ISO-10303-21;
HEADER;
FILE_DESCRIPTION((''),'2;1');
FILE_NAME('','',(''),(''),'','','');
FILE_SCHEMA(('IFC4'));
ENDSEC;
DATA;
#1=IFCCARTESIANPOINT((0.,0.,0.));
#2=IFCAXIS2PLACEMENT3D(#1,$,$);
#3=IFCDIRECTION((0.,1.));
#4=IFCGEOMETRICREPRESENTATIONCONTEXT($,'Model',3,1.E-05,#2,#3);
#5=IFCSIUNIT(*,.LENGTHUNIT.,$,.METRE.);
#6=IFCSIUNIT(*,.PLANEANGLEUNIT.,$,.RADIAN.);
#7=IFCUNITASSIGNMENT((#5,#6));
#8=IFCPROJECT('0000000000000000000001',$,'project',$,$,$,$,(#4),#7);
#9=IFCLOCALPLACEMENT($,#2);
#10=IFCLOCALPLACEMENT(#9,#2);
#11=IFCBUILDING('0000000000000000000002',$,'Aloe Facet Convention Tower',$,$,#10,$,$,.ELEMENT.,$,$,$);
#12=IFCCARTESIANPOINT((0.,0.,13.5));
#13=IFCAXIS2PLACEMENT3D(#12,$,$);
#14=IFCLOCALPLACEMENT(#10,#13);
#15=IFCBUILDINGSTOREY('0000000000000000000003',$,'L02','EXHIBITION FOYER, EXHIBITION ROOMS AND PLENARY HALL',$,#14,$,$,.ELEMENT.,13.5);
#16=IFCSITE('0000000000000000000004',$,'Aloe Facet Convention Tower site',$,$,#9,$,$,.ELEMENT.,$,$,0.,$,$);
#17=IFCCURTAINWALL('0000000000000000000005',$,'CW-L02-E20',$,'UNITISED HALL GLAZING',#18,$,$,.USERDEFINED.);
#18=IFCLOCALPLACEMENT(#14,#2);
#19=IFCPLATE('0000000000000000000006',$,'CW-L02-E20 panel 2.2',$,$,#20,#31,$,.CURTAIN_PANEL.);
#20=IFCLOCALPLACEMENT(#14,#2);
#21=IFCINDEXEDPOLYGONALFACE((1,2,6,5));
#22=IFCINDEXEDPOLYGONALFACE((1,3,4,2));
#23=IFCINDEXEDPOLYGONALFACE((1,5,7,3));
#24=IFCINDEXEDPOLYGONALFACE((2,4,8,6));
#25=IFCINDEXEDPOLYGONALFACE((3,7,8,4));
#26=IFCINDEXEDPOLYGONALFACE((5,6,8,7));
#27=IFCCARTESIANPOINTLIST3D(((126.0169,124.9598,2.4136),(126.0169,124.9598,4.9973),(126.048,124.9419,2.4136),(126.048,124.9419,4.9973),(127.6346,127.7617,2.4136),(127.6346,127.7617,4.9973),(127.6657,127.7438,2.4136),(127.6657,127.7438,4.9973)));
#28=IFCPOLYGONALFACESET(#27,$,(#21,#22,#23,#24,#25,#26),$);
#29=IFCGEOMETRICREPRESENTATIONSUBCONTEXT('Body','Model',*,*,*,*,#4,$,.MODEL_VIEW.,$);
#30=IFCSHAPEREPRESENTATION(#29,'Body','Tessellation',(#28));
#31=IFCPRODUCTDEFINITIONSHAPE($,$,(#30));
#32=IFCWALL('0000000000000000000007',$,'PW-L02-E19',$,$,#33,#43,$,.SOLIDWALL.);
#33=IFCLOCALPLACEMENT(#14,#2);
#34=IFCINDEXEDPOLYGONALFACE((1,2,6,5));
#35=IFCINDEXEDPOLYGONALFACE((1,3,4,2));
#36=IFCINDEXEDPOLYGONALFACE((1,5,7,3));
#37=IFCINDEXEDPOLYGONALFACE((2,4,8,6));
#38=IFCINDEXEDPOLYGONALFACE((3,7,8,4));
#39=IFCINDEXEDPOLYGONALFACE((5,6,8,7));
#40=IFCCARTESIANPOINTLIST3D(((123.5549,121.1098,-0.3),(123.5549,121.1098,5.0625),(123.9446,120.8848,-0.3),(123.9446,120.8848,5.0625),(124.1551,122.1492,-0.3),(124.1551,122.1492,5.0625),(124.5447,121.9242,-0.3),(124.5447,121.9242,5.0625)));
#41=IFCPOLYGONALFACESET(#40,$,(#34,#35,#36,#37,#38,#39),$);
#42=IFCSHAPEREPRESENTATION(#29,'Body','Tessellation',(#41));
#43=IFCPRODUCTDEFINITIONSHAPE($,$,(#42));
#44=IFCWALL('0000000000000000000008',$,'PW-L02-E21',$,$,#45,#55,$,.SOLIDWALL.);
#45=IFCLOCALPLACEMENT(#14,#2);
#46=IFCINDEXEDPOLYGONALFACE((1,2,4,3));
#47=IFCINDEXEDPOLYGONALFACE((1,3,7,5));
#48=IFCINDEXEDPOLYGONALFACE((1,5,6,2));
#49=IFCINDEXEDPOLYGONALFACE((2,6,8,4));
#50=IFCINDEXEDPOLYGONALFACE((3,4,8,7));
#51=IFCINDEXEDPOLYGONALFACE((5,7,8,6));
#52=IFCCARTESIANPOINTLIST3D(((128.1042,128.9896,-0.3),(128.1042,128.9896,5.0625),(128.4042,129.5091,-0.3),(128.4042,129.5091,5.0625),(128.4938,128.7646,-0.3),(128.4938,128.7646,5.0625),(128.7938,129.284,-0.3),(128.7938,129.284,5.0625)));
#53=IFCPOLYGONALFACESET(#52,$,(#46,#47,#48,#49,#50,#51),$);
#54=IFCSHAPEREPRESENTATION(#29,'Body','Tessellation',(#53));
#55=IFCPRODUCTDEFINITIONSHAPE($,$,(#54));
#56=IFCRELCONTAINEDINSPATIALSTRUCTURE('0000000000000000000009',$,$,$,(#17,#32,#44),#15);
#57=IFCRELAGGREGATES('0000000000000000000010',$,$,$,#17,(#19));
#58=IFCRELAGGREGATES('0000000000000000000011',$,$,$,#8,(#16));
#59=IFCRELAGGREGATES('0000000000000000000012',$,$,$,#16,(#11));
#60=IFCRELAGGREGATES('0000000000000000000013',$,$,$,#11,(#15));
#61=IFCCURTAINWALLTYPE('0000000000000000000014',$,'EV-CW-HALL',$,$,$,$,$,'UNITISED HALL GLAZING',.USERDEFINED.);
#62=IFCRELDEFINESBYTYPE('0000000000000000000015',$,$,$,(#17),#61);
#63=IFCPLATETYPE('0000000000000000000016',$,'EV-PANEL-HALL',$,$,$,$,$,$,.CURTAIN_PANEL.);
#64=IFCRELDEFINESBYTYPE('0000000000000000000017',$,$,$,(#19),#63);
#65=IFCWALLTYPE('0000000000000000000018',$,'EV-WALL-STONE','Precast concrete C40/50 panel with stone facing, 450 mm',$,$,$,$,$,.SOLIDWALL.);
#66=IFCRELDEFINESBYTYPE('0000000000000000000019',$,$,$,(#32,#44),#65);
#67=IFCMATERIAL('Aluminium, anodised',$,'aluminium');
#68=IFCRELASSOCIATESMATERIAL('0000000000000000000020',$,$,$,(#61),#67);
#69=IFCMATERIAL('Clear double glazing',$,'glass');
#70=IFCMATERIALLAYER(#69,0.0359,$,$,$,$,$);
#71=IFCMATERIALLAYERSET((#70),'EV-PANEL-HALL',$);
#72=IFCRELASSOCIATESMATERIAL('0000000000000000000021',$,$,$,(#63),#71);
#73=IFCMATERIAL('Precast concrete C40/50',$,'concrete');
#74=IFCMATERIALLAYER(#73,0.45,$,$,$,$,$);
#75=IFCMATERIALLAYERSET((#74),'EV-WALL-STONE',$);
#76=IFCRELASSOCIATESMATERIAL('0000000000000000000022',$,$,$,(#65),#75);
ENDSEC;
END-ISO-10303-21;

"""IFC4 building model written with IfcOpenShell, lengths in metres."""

from ifc_helpers import new_model, si_unit, direction, frame, frame_2d, origin, origin_2d, place, context, subcontext, project, spatial, rectangle, extrude, material, layer, layer_set, type_object, element, aggregate, save


model = new_model("IFC4")

# Units and contexts
model_context = context("Model", 3, precision=1e-05, world=origin(), true_north=direction((0.0, 1.0)))
body_context = subcontext(model_context, "Body", "Model", "MODEL_VIEW")
ifc_project = project(units=[si_unit("LENGTHUNIT", "METRE"), si_unit("PLANEANGLEUNIT", "RADIAN")], contexts=[model_context])

# Site, building, storey
site_placement = place(None, origin())
site = spatial("IfcSite", under=ifc_project, at=site_placement, Name="Aloe Facet Convention Tower site", CompositionType="ELEMENT", RefElevation=0.0)
building_placement = place(site_placement, origin())
building = spatial("IfcBuilding", under=site, at=building_placement, Name="Aloe Facet Convention Tower", CompositionType="ELEMENT")
storey_placement = place(building_placement, frame((0.0, 0.0, 13.5)))
storey = spatial("IfcBuildingStorey", under=building, at=storey_placement, Name="L02", Description="EXHIBITION FOYER, EXHIBITION ROOMS AND PLENARY HALL", CompositionType="ELEMENT", Elevation=13.5)

# Curtain wall
ifc_material_1 = material(Name="Aluminium, anodised", Category="aluminium")
curtain_wall_type = type_object("IfcCurtainWallType", Name="EV-CW-HALL", ElementType="UNITISED HALL GLAZING", PredefinedType="USERDEFINED", material=ifc_material_1)
curtain_wall_1_placement = place(storey_placement, origin())
curtain_wall_1 = element("IfcCurtainWall", 1, at=curtain_wall_1_placement, inside=storey, type_object=curtain_wall_type, Name="CW-L02-E20", ObjectType="UNITISED HALL GLAZING", PredefinedType="USERDEFINED")

# Plate
ifc_material_2 = material(Name="Clear double glazing", Category="glass")
ifc_layer_1 = layer(ifc_material_2, 0.0359)
ifc_layer_set_1 = layer_set([ifc_layer_1], Name="EV-PANEL-HALL")
plate_type = type_object("IfcPlateType", Name="EV-PANEL-HALL", PredefinedType="CURTAIN_PANEL", material=ifc_layer_set_1)
plate_1_placement = place(storey_placement, frame((126.8413, 126.3518, 2.4136), z_axis=(0.0, 0.0, 1.0), x_axis=(0.5, 0.866025, 0.0)))
plate_1 = element("IfcPlate", 2, at=plate_1_placement, type_object=plate_type, Name="CW-L02-E20 panel 2.2", PredefinedType="CURTAIN_PANEL", context=body_context, shape_type="SweptSolid", body=[
    extrude(rectangle(XDim=3.2354, YDim=0.0359, at=origin_2d()), origin(), (0.0, 0.0, 1.0), 2.5837),
])
aggregate(curtain_wall_1, [plate_1])

# Walls
ifc_material_3 = material(Name="Precast concrete C40/50", Category="concrete")
ifc_layer_2 = layer(ifc_material_3, 0.45)
ifc_layer_set_2 = layer_set([ifc_layer_2], Name="EV-WALL-STONE")
wall_type = type_object("IfcWallType", Name="EV-WALL-STONE", Description="Precast concrete C40/50 panel with stone facing, 450 mm", PredefinedType="SOLIDWALL", material=ifc_layer_set_2)
wall_1_placement = place(storey_placement, frame((123.7498, 120.9973, -0.3), z_axis=(0.0, 0.0, 1.0), x_axis=(0.500034, 0.866006, 0.0)))
element("IfcWall", 3, at=wall_1_placement, inside=storey, type_object=wall_type, Name="PW-L02-E19", PredefinedType="SOLIDWALL", context=body_context, shape_type="SweptSolid", body=[
    extrude(rectangle(XDim=1.2002, YDim=0.45, at=frame_2d((0.6001, 0.0))), origin(), (0.0, 0.0, 1.0), 5.3625),
])
wall_2_placement = place(storey_placement, frame((128.2991, 128.8772, -0.3), z_axis=(0.0, 0.0, 1.0), x_axis=(0.500122, 0.865955, 0.0)))
element("IfcWall", 4, at=wall_2_placement, inside=storey, type_object=wall_type, Name="PW-L02-E21", PredefinedType="SOLIDWALL", context=body_context, shape_type="SweptSolid", body=[
    extrude(rectangle(XDim=0.5999, YDim=0.45, at=frame_2d((0.2998, 0.0))), origin(), (0.0, 0.0, 1.0), 5.3625),
])

save(model, "model.ifc")
